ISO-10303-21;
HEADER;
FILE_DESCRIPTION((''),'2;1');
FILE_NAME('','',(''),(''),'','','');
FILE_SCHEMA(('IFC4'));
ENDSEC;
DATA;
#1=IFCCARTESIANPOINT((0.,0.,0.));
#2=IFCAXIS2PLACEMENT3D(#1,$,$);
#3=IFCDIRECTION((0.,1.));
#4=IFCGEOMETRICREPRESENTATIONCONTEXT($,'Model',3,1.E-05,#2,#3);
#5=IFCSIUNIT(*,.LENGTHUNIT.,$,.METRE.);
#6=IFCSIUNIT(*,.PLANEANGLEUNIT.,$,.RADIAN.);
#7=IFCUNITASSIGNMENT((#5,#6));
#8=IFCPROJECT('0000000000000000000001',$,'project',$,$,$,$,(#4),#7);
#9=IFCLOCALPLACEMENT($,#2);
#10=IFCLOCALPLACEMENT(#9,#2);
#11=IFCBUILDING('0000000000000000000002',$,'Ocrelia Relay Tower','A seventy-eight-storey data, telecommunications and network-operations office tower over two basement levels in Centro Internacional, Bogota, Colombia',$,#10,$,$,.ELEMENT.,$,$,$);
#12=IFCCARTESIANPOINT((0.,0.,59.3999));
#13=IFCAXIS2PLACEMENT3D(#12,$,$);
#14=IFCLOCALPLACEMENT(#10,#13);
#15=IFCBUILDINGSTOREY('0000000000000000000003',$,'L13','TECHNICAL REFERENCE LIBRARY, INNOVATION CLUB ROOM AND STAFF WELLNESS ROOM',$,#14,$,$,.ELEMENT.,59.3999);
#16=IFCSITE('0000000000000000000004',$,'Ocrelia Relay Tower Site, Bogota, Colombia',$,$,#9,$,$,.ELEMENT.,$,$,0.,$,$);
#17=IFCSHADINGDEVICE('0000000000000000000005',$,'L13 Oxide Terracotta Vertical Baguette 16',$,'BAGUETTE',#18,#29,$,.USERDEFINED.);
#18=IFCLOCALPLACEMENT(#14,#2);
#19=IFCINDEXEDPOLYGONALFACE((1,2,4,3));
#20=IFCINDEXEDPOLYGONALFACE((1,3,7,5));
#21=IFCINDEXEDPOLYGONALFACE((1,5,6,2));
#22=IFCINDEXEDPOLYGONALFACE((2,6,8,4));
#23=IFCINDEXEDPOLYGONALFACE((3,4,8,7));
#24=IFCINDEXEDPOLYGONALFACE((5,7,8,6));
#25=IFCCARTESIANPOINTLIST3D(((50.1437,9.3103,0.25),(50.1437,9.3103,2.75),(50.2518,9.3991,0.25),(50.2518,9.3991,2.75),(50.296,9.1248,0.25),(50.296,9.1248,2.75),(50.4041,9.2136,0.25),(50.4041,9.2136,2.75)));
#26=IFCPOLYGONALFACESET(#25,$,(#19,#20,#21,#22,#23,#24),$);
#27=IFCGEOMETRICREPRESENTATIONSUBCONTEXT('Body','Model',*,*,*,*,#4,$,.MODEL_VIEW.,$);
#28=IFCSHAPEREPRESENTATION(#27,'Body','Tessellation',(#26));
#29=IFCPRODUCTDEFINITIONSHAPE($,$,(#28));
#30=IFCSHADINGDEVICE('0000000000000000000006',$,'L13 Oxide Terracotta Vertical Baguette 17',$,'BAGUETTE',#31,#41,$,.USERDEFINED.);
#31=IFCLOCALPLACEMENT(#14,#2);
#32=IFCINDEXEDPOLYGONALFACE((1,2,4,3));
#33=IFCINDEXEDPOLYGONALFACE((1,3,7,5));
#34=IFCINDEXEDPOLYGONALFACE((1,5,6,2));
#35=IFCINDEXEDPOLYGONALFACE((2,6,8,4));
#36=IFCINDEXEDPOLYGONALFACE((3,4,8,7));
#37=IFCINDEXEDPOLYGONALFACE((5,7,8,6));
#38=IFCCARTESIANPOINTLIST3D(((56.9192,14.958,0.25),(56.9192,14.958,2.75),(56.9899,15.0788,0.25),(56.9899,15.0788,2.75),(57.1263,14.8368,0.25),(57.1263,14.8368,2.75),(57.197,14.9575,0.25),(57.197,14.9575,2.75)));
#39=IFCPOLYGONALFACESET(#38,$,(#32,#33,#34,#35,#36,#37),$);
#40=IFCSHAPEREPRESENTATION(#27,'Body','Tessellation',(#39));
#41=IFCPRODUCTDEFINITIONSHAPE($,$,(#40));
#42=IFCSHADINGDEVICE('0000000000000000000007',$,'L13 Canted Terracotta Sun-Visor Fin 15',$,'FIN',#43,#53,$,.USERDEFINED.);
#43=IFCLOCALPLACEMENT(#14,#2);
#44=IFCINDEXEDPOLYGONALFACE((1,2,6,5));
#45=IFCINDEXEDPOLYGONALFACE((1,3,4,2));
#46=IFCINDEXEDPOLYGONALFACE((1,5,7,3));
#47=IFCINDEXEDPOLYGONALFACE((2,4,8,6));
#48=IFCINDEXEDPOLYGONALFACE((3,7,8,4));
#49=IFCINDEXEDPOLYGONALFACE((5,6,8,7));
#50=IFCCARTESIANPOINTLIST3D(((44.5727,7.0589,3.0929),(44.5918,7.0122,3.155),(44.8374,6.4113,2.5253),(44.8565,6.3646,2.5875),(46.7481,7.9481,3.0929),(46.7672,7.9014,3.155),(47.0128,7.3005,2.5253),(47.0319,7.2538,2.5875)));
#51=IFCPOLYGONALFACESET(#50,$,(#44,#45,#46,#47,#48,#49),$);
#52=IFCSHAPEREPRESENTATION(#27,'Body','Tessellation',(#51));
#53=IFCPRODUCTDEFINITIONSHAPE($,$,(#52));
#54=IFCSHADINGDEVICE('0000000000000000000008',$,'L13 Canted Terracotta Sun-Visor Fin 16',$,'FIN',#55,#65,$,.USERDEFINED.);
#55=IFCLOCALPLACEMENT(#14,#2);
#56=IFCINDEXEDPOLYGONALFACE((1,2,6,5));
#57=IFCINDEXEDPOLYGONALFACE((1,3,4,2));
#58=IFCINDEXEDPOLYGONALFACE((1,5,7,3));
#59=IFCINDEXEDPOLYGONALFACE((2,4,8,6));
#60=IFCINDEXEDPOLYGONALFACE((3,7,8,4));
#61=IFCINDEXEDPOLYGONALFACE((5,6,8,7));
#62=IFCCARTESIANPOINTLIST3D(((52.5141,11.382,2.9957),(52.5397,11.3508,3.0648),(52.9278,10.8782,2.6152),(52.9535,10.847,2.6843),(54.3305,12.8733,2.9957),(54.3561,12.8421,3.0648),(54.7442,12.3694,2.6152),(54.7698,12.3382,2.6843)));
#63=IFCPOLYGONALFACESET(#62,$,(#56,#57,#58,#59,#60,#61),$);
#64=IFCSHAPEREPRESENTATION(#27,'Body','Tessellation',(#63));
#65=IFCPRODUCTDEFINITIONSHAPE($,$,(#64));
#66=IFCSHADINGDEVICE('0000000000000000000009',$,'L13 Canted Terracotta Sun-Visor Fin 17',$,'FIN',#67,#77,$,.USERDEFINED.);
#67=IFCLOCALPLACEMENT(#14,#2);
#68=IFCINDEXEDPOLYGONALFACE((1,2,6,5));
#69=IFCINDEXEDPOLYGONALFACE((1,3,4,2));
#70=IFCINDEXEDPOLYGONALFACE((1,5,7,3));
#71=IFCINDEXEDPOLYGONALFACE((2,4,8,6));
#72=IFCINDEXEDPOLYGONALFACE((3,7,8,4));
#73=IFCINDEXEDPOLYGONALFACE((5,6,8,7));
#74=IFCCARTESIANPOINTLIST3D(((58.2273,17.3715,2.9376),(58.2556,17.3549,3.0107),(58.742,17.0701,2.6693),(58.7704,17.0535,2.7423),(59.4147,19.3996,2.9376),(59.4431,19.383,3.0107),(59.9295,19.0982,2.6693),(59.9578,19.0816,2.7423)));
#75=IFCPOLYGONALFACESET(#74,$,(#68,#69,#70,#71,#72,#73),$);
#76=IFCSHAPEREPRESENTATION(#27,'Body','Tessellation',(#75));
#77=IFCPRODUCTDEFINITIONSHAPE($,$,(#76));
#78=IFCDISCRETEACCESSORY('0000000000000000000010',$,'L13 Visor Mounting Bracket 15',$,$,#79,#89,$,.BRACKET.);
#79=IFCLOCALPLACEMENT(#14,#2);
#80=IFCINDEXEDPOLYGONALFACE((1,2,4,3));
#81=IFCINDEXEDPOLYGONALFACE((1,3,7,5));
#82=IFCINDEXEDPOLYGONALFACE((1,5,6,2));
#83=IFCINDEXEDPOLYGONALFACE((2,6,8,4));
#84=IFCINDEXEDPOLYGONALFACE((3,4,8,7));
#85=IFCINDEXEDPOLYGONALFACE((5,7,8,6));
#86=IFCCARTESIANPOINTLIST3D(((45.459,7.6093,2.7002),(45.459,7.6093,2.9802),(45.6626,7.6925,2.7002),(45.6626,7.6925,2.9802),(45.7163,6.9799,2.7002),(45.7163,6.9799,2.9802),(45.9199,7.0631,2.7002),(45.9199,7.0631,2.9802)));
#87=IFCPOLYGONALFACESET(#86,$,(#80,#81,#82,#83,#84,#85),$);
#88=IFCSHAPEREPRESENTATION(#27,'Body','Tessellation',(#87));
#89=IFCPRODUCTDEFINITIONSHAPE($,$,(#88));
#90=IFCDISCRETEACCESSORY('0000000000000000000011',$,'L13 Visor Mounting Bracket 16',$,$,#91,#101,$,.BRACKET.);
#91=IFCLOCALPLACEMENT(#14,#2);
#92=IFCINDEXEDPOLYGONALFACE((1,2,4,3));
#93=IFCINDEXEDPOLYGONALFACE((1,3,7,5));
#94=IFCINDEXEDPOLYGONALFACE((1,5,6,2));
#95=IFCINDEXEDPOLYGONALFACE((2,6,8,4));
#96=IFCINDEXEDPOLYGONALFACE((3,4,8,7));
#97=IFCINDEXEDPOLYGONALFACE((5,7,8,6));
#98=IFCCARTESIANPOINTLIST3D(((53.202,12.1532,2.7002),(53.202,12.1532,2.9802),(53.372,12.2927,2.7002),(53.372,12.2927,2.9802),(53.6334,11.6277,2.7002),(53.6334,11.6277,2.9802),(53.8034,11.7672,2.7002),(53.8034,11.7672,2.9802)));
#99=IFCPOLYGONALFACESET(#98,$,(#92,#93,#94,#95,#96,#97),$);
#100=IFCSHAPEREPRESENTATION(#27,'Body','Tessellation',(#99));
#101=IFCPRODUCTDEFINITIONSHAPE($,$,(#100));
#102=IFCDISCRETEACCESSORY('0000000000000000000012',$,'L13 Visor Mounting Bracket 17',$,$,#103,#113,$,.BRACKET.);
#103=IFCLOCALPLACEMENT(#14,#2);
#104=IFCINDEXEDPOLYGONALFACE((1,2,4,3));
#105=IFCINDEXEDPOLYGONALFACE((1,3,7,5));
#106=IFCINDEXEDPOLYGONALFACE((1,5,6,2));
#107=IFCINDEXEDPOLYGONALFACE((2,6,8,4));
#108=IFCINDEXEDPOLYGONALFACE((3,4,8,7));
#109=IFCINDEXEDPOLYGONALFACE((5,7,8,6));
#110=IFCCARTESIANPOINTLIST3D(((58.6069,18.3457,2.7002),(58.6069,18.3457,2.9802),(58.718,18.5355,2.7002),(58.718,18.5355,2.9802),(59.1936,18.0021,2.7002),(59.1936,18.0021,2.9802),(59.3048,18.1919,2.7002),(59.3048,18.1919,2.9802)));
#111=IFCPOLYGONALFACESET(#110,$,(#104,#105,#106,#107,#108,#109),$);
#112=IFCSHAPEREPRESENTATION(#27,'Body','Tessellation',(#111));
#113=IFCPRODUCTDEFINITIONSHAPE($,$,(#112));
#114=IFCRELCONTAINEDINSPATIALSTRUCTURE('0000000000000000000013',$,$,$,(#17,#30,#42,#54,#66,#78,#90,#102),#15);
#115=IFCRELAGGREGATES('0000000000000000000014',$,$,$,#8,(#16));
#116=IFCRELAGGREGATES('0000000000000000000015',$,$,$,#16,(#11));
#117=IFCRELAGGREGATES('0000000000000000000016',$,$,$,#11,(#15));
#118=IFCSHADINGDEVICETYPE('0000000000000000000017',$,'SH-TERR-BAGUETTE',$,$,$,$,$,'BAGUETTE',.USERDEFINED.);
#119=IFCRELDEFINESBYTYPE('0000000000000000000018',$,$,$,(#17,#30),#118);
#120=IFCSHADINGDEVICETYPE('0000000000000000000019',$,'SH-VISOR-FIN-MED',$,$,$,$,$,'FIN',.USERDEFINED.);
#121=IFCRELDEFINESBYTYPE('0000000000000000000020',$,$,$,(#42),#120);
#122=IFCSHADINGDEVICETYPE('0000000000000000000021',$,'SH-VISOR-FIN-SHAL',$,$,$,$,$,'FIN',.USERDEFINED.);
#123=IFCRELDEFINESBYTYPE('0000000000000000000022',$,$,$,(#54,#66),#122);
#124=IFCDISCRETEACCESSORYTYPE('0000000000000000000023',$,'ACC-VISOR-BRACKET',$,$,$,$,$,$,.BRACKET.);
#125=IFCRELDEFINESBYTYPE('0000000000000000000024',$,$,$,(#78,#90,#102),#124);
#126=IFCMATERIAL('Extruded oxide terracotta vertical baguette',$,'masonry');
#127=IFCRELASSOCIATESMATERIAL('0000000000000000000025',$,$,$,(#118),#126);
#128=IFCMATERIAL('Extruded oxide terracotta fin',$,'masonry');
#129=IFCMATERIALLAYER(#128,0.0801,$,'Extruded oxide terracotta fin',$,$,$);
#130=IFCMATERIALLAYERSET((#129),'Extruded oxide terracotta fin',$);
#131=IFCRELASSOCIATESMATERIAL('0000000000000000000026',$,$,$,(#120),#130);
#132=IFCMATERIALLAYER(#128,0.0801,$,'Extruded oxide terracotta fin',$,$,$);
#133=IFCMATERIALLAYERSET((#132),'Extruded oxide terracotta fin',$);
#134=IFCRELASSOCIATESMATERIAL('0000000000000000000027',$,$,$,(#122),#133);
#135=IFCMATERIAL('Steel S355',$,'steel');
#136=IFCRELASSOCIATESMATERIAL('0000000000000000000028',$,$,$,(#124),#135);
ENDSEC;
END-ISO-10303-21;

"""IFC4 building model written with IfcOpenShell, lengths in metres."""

from ifc_helpers import new_model, si_unit, direction, frame, origin, origin_2d, place, context, subcontext, project, spatial, rectangle, extrude, material, layer, layer_set, type_object, element, save


model = new_model("IFC4")

# Units and contexts
model_context = context("Model", 3, precision=1e-05, world=origin(), true_north=direction((0.0, 1.0)))
body_context = subcontext(model_context, "Body", "Model", "MODEL_VIEW")
ifc_project = project(units=[si_unit("LENGTHUNIT", "METRE"), si_unit("PLANEANGLEUNIT", "RADIAN")], contexts=[model_context])

# Site, building, storey
site_placement = place(None, origin())
site = spatial("IfcSite", under=ifc_project, at=site_placement, Name="Ocrelia Relay Tower Site, Bogota, Colombia", CompositionType="ELEMENT", RefElevation=0.0)
building_placement = place(site_placement, origin())
building = spatial("IfcBuilding", under=site, at=building_placement, Name="Ocrelia Relay Tower", Description="A seventy-eight-storey data, telecommunications and network-operations office tower over two basement levels in Centro Internacional, Bogota, Colombia", CompositionType="ELEMENT")
storey_placement = place(building_placement, frame((0.0, 0.0, 59.3999)))
storey = spatial("IfcBuildingStorey", under=building, at=storey_placement, Name="L13", Description="TECHNICAL REFERENCE LIBRARY, INNOVATION CLUB ROOM AND STAFF WELLNESS ROOM", CompositionType="ELEMENT", Elevation=59.3999)

# Shared definitions
ifc_material_1 = material(Name="Steel S355", Category="steel")

# Shading devices
ifc_material_2 = material(Name="Extruded oxide terracotta vertical baguette", Category="masonry")
shading_device_type_1 = type_object("IfcShadingDeviceType", Name="SH-TERR-BAGUETTE", ElementType="BAGUETTE", PredefinedType="USERDEFINED", material=ifc_material_2)
for number, where, z_axis, x_axis, name in (
    (1, (50.2739, 9.262, 0.25), (0.0, 0.0, 1.0), (0.772876, 0.634557, 0.0), "L13 Oxide Terracotta Vertical Baguette 16"),
    (2, (57.0581, 14.9578, 0.25), (0.0, 0.0, 1.0), (0.505265, 0.862964, 0.0), "L13 Oxide Terracotta Vertical Baguette 17"),
):
    element("IfcShadingDevice", number, at=place(storey_placement, frame(where, z_axis=z_axis, x_axis=x_axis)), inside=storey, type_object=shading_device_type_1, Name=name, ObjectType="BAGUETTE", PredefinedType="USERDEFINED", context=body_context, shape_type="SweptSolid", body=[
        extrude(rectangle(XDim=0.1399, YDim=0.24, at=origin_2d()), origin(), (0.0, 0.0, 1.0), 2.5),
    ])
ifc_material_3 = material(Name="Extruded oxide terracotta fin", Category="masonry")
ifc_layer_1 = layer(ifc_material_3, 0.0801, Name="Extruded oxide terracotta fin")
ifc_layer_set_1 = layer_set([ifc_layer_1], Name="Extruded oxide terracotta fin")
shading_device_type_2 = type_object("IfcShadingDeviceType", Name="SH-VISOR-FIN-MED", ElementType="FIN", PredefinedType="USERDEFINED", material=ifc_layer_set_1)
shading_device_1_placement = place(storey_placement, frame((45.7927, 7.1797, 2.8091), z_axis=(0.238363, -0.583165, 0.776596), x_axis=(0.925661, 0.378355, 0.0)))
element("IfcShadingDevice", 3, at=shading_device_1_placement, inside=storey, type_object=shading_device_type_2, Name="L13 Canted Terracotta Sun-Visor Fin 15", ObjectType="FIN", PredefinedType="USERDEFINED", context=body_context, shape_type="SweptSolid", body=[
    extrude(rectangle(XDim=2.3501, YDim=0.9009, at=origin_2d()), origin(), (0.0, 0.0, 1.0), 0.0801),
])
ifc_layer_2 = layer(ifc_material_3, 0.0801, Name="Extruded oxide terracotta fin")
ifc_layer_set_2 = layer_set([ifc_layer_2], Name="Extruded oxide terracotta fin")
shading_device_type_3 = type_object("IfcShadingDeviceType", Name="SH-VISOR-FIN-SHAL", ElementType="FIN", PredefinedType="USERDEFINED", material=ifc_layer_set_2)
shading_device_2_placement = place(storey_placement, frame((53.6292, 11.8757, 2.8054), z_axis=(0.319865, -0.389588, 0.86366), x_axis=(0.772876, 0.634557, 0.0)))
element("IfcShadingDevice", 4, at=shading_device_2_placement, inside=storey, type_object=shading_device_type_3, Name="L13 Canted Terracotta Sun-Visor Fin 16", ObjectType="FIN", PredefinedType="USERDEFINED", context=body_context, shape_type="SweptSolid", body=[
    extrude(rectangle(XDim=2.3501, YDim=0.7549, at=origin_2d()), origin(), (0.0, 0.0, 1.0), 0.0801),
])
shading_device_3_placement = place(storey_placement, frame((59.0784, 18.2349, 2.8035), z_axis=(0.354024, -0.207281, 0.911977), x_axis=(0.505265, 0.862964, 0.0)))
element("IfcShadingDevice", 5, at=shading_device_3_placement, inside=storey, type_object=shading_device_type_3, Name="L13 Canted Terracotta Sun-Visor Fin 17", ObjectType="FIN", PredefinedType="USERDEFINED", context=body_context, shape_type="SweptSolid", body=[
    extrude(rectangle(XDim=2.3501, YDim=0.6541, at=origin_2d()), origin(), (0.0, 0.0, 1.0), 0.0801),
])

# Discrete accessories
discrete_accessory_type = type_object("IfcDiscreteAccessoryType", Name="ACC-VISOR-BRACKET", PredefinedType="BRACKET", material=ifc_material_1)
for number, where, z_axis, x_axis, name in (
    (6, (45.6895, 7.3362, 2.7002), (0.0, 0.0, 1.0), (0.925661, 0.378355, 0.0), "L13 Visor Mounting Bracket 15"),
    (7, (53.5027, 11.9602, 2.7002), (0.0, 0.0, 1.0), (0.772876, 0.634557, 0.0), "L13 Visor Mounting Bracket 16"),
    (8, (58.9558, 18.2688, 2.7002), (0.0, 0.0, 1.0), (0.505265, 0.862964, 0.0), "L13 Visor Mounting Bracket 17"),
):
    element("IfcDiscreteAccessory", number, at=place(storey_placement, frame(where, z_axis=z_axis, x_axis=x_axis)), inside=storey, type_object=discrete_accessory_type, Name=name, PredefinedType="BRACKET", context=body_context, shape_type="SweptSolid", body=[
        extrude(rectangle(XDim=0.22, YDim=0.6799, at=origin_2d()), origin(), (0.0, 0.0, 1.0), 0.28),
    ])

save(model, "model.ifc")
